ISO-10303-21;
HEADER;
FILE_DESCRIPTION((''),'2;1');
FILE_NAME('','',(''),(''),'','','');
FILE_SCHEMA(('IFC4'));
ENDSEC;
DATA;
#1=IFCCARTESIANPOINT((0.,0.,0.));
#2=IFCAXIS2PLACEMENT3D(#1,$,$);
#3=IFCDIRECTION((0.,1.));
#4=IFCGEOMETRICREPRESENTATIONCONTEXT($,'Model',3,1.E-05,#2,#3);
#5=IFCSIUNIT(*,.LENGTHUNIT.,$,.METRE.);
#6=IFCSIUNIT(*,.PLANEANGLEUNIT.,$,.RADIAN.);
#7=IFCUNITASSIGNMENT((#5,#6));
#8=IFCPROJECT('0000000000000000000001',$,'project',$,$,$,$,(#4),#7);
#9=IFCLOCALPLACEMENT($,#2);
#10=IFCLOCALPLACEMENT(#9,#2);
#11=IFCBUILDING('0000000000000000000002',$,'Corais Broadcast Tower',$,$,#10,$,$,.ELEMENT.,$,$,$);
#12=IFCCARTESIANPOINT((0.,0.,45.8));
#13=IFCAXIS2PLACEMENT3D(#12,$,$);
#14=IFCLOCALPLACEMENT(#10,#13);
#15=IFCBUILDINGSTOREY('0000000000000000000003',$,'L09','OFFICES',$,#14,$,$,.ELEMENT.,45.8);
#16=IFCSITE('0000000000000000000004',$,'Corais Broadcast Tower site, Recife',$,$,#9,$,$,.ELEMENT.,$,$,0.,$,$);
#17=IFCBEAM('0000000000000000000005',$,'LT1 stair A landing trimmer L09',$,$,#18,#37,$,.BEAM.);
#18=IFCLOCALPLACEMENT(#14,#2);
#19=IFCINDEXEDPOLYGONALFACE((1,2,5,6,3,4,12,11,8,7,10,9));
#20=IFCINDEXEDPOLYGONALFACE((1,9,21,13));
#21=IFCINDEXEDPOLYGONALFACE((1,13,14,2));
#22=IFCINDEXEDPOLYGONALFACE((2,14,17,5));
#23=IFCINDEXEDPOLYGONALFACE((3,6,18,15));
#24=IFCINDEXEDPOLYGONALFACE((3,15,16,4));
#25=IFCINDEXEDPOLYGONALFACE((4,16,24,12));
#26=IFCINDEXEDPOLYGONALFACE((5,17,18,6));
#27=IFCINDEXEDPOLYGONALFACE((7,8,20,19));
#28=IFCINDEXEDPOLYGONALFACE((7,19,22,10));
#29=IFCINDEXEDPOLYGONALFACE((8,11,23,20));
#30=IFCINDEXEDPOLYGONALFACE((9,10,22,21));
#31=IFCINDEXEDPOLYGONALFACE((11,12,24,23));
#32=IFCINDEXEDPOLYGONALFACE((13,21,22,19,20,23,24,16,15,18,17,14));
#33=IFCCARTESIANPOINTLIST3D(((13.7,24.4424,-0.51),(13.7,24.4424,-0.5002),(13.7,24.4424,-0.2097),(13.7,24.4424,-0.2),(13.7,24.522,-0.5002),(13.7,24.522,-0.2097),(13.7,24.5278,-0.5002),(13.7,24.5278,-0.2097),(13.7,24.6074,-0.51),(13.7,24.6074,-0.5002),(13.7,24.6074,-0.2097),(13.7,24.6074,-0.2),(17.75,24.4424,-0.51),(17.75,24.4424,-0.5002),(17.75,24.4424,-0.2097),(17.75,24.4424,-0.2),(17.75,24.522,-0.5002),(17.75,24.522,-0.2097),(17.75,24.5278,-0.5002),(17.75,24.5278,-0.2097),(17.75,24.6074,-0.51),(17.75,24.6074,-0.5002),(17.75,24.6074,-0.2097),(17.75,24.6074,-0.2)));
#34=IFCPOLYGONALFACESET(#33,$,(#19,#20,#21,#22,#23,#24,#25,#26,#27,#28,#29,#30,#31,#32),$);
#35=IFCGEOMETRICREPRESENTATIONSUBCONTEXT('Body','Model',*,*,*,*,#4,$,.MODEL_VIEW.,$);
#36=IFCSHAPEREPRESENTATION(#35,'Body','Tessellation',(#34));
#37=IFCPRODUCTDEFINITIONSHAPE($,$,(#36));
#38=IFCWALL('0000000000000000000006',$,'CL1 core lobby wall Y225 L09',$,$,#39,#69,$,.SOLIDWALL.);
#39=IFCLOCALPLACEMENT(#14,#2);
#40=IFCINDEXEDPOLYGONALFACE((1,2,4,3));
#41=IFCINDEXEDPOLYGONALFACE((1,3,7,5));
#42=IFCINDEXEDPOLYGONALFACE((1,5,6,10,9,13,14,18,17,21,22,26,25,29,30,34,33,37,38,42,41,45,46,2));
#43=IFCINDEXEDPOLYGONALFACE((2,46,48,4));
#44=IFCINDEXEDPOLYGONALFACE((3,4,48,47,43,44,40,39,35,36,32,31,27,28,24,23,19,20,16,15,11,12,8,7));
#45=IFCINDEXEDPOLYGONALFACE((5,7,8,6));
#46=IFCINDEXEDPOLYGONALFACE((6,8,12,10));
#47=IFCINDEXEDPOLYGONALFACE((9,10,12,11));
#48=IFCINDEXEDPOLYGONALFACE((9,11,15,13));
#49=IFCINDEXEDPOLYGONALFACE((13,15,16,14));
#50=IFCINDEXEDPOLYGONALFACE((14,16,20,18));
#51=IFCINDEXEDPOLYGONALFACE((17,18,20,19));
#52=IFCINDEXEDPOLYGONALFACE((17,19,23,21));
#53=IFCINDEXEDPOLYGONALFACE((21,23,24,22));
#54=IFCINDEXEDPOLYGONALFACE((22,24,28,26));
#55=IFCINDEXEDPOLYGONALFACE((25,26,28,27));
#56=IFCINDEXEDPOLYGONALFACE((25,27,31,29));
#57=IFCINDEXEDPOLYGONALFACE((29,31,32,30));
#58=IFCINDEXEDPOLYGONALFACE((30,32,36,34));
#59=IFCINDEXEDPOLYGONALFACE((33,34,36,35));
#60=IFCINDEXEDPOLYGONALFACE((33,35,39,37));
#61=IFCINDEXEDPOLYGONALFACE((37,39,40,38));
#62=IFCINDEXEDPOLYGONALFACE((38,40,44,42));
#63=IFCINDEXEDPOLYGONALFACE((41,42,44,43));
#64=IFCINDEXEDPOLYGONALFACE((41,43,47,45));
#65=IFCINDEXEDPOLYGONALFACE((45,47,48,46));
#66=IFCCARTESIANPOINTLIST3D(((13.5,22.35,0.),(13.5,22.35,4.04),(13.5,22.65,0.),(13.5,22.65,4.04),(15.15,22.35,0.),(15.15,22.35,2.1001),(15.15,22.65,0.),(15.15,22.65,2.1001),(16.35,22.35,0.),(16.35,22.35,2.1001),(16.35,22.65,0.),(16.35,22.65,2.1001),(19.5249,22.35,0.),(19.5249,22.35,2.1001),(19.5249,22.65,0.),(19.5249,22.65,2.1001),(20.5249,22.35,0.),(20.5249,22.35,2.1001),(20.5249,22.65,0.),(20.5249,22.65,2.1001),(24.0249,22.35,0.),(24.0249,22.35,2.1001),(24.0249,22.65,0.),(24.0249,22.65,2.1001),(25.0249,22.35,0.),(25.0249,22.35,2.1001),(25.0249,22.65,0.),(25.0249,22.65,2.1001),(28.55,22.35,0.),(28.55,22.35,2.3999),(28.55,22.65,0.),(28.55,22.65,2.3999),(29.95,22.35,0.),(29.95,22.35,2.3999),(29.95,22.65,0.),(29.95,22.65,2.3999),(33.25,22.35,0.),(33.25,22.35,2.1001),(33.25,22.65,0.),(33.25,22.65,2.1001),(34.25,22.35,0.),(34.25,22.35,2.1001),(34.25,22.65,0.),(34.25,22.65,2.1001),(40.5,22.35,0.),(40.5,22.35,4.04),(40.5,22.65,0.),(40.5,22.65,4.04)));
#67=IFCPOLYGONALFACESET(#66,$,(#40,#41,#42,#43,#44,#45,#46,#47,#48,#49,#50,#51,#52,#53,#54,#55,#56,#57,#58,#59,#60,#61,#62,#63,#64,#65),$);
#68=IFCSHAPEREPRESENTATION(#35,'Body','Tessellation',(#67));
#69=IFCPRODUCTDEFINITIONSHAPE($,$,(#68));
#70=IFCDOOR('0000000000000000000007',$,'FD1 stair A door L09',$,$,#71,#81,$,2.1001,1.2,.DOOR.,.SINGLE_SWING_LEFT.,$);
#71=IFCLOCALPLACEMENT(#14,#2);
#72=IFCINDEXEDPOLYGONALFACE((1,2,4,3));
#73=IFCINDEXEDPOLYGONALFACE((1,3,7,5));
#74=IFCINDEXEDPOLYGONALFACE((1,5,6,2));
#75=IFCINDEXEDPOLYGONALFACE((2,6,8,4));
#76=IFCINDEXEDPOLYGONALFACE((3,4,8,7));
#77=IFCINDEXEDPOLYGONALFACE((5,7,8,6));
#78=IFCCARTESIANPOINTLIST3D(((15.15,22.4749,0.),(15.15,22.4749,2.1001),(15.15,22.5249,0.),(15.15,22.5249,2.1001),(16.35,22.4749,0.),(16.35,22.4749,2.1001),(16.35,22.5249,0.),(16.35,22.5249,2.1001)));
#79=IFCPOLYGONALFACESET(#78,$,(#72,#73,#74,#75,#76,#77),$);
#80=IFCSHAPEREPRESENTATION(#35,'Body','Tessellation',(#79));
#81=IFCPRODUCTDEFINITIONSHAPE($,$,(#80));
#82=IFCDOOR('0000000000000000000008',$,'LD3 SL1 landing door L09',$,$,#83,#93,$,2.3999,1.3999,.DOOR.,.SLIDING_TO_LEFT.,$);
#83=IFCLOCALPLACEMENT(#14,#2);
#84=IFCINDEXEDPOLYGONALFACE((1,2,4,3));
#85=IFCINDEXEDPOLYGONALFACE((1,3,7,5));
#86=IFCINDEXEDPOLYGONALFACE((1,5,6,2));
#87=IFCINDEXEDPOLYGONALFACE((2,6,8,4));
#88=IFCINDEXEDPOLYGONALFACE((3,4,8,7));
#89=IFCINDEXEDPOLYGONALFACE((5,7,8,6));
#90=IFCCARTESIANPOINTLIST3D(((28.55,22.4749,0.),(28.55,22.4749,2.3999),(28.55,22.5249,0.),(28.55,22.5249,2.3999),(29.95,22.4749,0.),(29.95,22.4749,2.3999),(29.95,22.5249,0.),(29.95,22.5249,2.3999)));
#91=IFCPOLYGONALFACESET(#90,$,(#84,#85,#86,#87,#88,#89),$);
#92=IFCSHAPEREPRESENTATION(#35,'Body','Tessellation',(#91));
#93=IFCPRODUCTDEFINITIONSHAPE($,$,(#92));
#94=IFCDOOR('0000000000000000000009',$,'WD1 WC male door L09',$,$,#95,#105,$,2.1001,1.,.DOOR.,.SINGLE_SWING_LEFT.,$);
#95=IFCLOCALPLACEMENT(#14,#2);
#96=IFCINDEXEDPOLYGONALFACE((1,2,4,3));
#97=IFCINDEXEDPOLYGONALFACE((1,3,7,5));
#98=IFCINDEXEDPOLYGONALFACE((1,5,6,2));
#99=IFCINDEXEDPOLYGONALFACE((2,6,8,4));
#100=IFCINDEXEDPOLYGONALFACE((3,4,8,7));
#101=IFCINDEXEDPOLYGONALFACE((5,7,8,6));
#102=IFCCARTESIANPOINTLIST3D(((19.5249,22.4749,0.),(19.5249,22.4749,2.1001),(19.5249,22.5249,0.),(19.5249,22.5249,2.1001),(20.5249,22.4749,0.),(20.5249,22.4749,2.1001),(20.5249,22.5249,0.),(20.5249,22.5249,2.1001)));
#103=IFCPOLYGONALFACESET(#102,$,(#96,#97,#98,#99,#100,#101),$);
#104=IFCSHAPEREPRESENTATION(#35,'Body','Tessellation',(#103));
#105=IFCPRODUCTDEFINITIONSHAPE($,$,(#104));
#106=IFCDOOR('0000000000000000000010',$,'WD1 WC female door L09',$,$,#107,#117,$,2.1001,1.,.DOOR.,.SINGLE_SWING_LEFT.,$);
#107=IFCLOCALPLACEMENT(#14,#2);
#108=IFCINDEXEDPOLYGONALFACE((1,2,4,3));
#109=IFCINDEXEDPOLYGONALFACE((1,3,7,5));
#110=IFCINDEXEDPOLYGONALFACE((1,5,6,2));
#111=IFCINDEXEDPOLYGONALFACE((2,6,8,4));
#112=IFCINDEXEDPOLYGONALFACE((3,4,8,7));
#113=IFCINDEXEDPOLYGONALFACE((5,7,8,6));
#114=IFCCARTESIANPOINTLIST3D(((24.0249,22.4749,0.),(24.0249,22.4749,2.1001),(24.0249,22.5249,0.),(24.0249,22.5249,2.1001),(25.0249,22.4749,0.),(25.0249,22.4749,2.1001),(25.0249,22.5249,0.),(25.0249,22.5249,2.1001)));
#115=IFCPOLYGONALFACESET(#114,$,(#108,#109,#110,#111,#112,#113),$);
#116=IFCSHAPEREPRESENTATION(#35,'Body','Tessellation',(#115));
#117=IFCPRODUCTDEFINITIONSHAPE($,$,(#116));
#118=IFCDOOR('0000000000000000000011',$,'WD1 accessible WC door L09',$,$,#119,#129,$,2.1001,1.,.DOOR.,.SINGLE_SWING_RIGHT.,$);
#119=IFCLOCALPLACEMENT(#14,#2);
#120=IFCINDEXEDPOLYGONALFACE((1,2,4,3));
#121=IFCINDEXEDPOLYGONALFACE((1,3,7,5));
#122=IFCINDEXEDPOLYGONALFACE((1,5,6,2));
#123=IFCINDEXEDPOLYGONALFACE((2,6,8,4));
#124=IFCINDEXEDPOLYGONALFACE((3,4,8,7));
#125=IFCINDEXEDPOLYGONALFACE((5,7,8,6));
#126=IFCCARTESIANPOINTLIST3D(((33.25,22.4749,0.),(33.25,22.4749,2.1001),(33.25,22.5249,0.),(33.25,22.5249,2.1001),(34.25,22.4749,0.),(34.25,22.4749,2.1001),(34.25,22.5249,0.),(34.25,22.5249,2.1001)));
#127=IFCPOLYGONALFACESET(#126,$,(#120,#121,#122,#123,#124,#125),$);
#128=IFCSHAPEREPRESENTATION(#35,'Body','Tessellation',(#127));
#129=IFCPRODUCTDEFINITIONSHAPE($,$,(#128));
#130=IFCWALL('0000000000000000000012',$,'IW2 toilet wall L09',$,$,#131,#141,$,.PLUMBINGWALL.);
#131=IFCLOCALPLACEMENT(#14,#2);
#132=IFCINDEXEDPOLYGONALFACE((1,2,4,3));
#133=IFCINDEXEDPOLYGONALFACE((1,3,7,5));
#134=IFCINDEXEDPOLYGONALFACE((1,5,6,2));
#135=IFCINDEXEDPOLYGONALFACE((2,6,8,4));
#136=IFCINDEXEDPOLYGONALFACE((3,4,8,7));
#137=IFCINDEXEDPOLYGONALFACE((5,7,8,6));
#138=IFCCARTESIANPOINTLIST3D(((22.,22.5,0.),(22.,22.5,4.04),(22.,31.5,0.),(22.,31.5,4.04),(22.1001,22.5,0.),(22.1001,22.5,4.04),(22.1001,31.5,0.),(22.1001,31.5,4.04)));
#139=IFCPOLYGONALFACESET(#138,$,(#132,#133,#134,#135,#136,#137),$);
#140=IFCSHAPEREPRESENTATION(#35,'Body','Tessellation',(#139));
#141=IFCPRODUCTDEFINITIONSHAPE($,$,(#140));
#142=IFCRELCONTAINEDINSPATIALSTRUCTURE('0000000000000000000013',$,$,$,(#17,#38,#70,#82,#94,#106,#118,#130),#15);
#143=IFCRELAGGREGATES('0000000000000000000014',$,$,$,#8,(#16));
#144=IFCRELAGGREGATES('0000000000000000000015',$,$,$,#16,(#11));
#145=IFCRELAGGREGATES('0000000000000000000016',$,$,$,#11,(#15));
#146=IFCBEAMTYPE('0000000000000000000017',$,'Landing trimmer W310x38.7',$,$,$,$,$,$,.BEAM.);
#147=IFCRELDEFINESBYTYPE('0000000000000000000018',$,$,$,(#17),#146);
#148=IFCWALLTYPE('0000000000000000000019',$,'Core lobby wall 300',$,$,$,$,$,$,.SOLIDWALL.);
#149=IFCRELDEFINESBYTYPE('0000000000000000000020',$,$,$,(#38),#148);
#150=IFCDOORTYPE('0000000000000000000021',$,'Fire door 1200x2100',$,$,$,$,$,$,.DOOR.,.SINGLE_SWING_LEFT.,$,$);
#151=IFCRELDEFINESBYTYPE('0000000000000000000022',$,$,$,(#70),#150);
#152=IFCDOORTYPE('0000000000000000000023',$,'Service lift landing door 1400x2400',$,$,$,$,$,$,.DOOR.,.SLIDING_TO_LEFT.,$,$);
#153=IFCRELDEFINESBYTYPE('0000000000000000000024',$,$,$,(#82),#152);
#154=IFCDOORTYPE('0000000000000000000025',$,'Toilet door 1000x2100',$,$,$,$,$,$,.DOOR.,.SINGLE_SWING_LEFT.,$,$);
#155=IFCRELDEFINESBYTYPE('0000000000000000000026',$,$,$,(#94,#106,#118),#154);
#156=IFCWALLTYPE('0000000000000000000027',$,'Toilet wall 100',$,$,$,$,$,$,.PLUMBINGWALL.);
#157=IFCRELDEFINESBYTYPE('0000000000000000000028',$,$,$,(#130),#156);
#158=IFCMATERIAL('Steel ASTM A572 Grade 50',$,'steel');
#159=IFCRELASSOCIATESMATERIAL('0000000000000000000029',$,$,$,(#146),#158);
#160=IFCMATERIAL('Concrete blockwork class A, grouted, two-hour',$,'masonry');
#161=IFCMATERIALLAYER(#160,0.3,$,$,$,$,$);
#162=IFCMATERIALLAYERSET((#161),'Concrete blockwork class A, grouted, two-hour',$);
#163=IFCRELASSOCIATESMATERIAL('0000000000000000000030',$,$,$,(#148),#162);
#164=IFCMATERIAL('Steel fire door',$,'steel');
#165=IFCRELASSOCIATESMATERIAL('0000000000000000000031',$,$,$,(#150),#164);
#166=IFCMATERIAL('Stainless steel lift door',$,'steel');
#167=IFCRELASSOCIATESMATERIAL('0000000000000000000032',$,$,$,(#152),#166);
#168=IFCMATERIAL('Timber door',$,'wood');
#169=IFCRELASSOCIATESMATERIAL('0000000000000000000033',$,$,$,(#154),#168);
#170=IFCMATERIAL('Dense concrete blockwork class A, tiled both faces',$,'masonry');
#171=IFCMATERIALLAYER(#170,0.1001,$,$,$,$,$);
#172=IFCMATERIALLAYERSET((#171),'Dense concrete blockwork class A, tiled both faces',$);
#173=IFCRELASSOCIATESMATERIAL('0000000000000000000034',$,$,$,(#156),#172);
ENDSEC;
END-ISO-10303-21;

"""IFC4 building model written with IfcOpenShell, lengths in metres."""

from ifc_helpers import new_model, si_unit, direction, frame, frame_2d, origin, origin_2d, place, context, subcontext, project, spatial, rectangle, i_section, extrude, material, layer, layer_set, material_profile, profile_set, type_object, element, fill, save


model = new_model("IFC4")

# Units and contexts
model_context = context("Model", 3, precision=1e-05, world=origin(), true_north=direction((0.0, 1.0)))
body_context = subcontext(model_context, "Body", "Model", "MODEL_VIEW")
ifc_project = project(units=[si_unit("LENGTHUNIT", "METRE"), si_unit("PLANEANGLEUNIT", "RADIAN")], contexts=[model_context])

# Site, building, storey
site_placement = place(None, origin())
site = spatial("IfcSite", under=ifc_project, at=site_placement, Name="Corais Broadcast Tower site, Recife", CompositionType="ELEMENT", RefElevation=0.0)
building_placement = place(site_placement, origin())
building = spatial("IfcBuilding", under=site, at=building_placement, Name="Corais Broadcast Tower", CompositionType="ELEMENT")
storey_placement = place(building_placement, frame((0.0, 0.0, 45.8)))
storey = spatial("IfcBuildingStorey", under=building, at=storey_placement, Name="L09", Description="OFFICES", CompositionType="ELEMENT", Elevation=45.8)

# Beam
ifc_material_1 = material(Name="Steel ASTM A572 Grade 50", Category="steel")
ifc_material_profile = material_profile(ifc_material_1, i_section(OverallWidth=0.165, OverallDepth=0.3101, WebThickness=0.0059, FlangeThickness=0.0098, at=origin_2d()), Name="W310x38.7")
ifc_profile_set = profile_set([ifc_material_profile], Name="Steel ASTM A572 Grade 50")
beam_type = type_object("IfcBeamType", Name="Landing trimmer W310x38.7", PredefinedType="BEAM", material=ifc_profile_set)
beam_placement = place(storey_placement, frame((13.7, 24.5249, -0.355), z_axis=(1.0, 0.0, 0.0), x_axis=(0.0, 1.0, 0.0)))
element("IfcBeam", 1, at=beam_placement, inside=storey, type_object=beam_type, Name="LT1 stair A landing trimmer L09", PredefinedType="BEAM", context=body_context, shape_type="SweptSolid", body=[
    extrude(i_section(OverallWidth=0.165, OverallDepth=0.3101, WebThickness=0.0059, FlangeThickness=0.0098, at=origin_2d()), origin(), (0.0, 0.0, 1.0), 4.05),
])

# Wall, openings, doors
ifc_material_2 = material(Name="Concrete blockwork class A, grouted, two-hour", Category="masonry")
ifc_layer_1 = layer(ifc_material_2, 0.3)
ifc_layer_set_1 = layer_set([ifc_layer_1], Name="Concrete blockwork class A, grouted, two-hour")
wall_type_1 = type_object("IfcWallType", Name="Core lobby wall 300", PredefinedType="SOLIDWALL", material=ifc_layer_set_1)
wall_1_placement = place(storey_placement, frame((13.5, 22.5, 0.0), z_axis=(0.0, 0.0, 1.0), x_axis=(1.0, 0.0, 0.0)))
wall_1 = element("IfcWall", 2, at=wall_1_placement, inside=storey, type_object=wall_type_1, Name="CL1 core lobby wall Y225 L09", PredefinedType="SOLIDWALL", context=body_context, shape_type="SweptSolid", body=[
    extrude(rectangle(XDim=27.0, YDim=0.3, at=frame_2d((13.5, 0.0))), origin(), (0.0, 0.0, 1.0), 4.04),
])
opening_1_placement = place(wall_1_placement, frame((1.6499, 0.0, 0.0)))
opening_1 = element("IfcOpeningElement", 3, at=opening_1_placement, cuts=wall_1, PredefinedType="OPENING", context=body_context, shape_type="SweptSolid", body=[
    extrude(rectangle(XDim=1.2, YDim=2.1001, at=frame_2d((0.6001, 1.05))), frame((0.0, 0.1599, 0.0), z_axis=(0.0, -1.0, 0.0), x_axis=(1.0, 0.0, 0.0)), (0.0, 0.0, 1.0), 0.3201),
])
opening_2_placement = place(wall_1_placement, frame((6.0249, 0.0, 0.0)))
opening_2 = element("IfcOpeningElement", 4, at=opening_2_placement, cuts=wall_1, PredefinedType="OPENING", context=body_context, shape_type="SweptSolid", body=[
    extrude(rectangle(XDim=1.0, YDim=2.1001, at=frame_2d((0.5, 1.05))), frame((0.0, 0.1599, 0.0), z_axis=(0.0, -1.0, 0.0), x_axis=(1.0, 0.0, 0.0)), (0.0, 0.0, 1.0), 0.3201),
])
opening_3_placement = place(wall_1_placement, frame((10.5249, 0.0, 0.0)))
opening_3 = element("IfcOpeningElement", 5, at=opening_3_placement, cuts=wall_1, PredefinedType="OPENING", context=body_context, shape_type="SweptSolid", body=[
    extrude(rectangle(XDim=1.0, YDim=2.1001, at=frame_2d((0.5, 1.05))), frame((0.0, 0.1599, 0.0), z_axis=(0.0, -1.0, 0.0), x_axis=(1.0, 0.0, 0.0)), (0.0, 0.0, 1.0), 0.3201),
])
opening_4_placement = place(wall_1_placement, frame((19.75, 0.0, 0.0)))
opening_4 = element("IfcOpeningElement", 6, at=opening_4_placement, cuts=wall_1, PredefinedType="OPENING", context=body_context, shape_type="SweptSolid", body=[
    extrude(rectangle(XDim=1.0, YDim=2.1001, at=frame_2d((0.5, 1.05))), frame((0.0, 0.1599, 0.0), z_axis=(0.0, -1.0, 0.0), x_axis=(1.0, 0.0, 0.0)), (0.0, 0.0, 1.0), 0.3201),
])
opening_5_placement = place(wall_1_placement, frame((15.05, 0.0, 0.0)))
opening_5 = element("IfcOpeningElement", 7, at=opening_5_placement, cuts=wall_1, PredefinedType="OPENING", context=body_context, shape_type="SweptSolid", body=[
    extrude(rectangle(XDim=1.3999, YDim=2.3999, at=frame_2d((0.7, 1.2))), frame((0.0, 0.1599, 0.0), z_axis=(0.0, -1.0, 0.0), x_axis=(1.0, 0.0, 0.0)), (0.0, 0.0, 1.0), 0.3201),
])
ifc_material_3 = material(Name="Steel fire door", Category="steel")
door_type_1 = type_object("IfcDoorType", Name="Fire door 1200x2100", OperationType="SINGLE_SWING_LEFT", PredefinedType="DOOR", material=ifc_material_3)
door_1_placement = place(opening_1_placement, origin())
door_1 = element("IfcDoor", 8, at=door_1_placement, inside=storey, type_object=door_type_1, Name="FD1 stair A door L09", OperationType="SINGLE_SWING_LEFT", OverallHeight=2.1001, OverallWidth=1.2, PredefinedType="DOOR", context=body_context, shape_type="SweptSolid", body=[
    extrude(rectangle(XDim=1.2, YDim=2.1001, at=frame_2d((0.6001, 1.05))), frame((0.0, 0.0249, 0.0), z_axis=(0.0, -1.0, 0.0), x_axis=(1.0, 0.0, 0.0)), (0.0, 0.0, 1.0), 0.05),
])
fill(opening_1, door_1)
ifc_material_4 = material(Name="Stainless steel lift door", Category="steel")
door_type_2 = type_object("IfcDoorType", Name="Service lift landing door 1400x2400", OperationType="SLIDING_TO_LEFT", PredefinedType="DOOR", material=ifc_material_4)
door_2_placement = place(opening_5_placement, origin())
door_2 = element("IfcDoor", 9, at=door_2_placement, inside=storey, type_object=door_type_2, Name="LD3 SL1 landing door L09", OperationType="SLIDING_TO_LEFT", OverallHeight=2.3999, OverallWidth=1.3999, PredefinedType="DOOR", context=body_context, shape_type="SweptSolid", body=[
    extrude(rectangle(XDim=1.3999, YDim=2.3999, at=frame_2d((0.7, 1.2))), frame((0.0, 0.0249, 0.0), z_axis=(0.0, -1.0, 0.0), x_axis=(1.0, 0.0, 0.0)), (0.0, 0.0, 1.0), 0.05),
])
fill(opening_5, door_2)
ifc_material_5 = material(Name="Timber door", Category="wood")
door_type_3 = type_object("IfcDoorType", Name="Toilet door 1000x2100", OperationType="SINGLE_SWING_LEFT", PredefinedType="DOOR", material=ifc_material_5)
door_3_placement = place(opening_2_placement, origin())
door_3 = element("IfcDoor", 10, at=door_3_placement, inside=storey, type_object=door_type_3, Name="WD1 WC male door L09", OperationType="SINGLE_SWING_LEFT", OverallHeight=2.1001, OverallWidth=1.0, PredefinedType="DOOR", context=body_context, shape_type="SweptSolid", body=[
    extrude(rectangle(XDim=1.0, YDim=2.1001, at=frame_2d((0.5, 1.05))), frame((0.0, 0.0249, 0.0), z_axis=(0.0, -1.0, 0.0), x_axis=(1.0, 0.0, 0.0)), (0.0, 0.0, 1.0), 0.05),
])
fill(opening_2, door_3)
door_4_placement = place(opening_3_placement, origin())
door_4 = element("IfcDoor", 11, at=door_4_placement, inside=storey, type_object=door_type_3, Name="WD1 WC female door L09", OperationType="SINGLE_SWING_LEFT", OverallHeight=2.1001, OverallWidth=1.0, PredefinedType="DOOR", context=body_context, shape_type="SweptSolid", body=[
    extrude(rectangle(XDim=1.0, YDim=2.1001, at=frame_2d((0.5, 1.05))), frame((0.0, 0.0249, 0.0), z_axis=(0.0, -1.0, 0.0), x_axis=(1.0, 0.0, 0.0)), (0.0, 0.0, 1.0), 0.05),
])
fill(opening_3, door_4)
door_5_placement = place(opening_4_placement, origin())
door_5 = element("IfcDoor", 12, at=door_5_placement, inside=storey, type_object=door_type_3, Name="WD1 accessible WC door L09", OperationType="SINGLE_SWING_RIGHT", OverallHeight=2.1001, OverallWidth=1.0, PredefinedType="DOOR", context=body_context, shape_type="SweptSolid", body=[
    extrude(rectangle(XDim=1.0, YDim=2.1001, at=frame_2d((0.5, 1.05))), frame((0.0, 0.0249, 0.0), z_axis=(0.0, -1.0, 0.0), x_axis=(1.0, 0.0, 0.0)), (0.0, 0.0, 1.0), 0.05),
])
fill(opening_4, door_5)

# Wall
ifc_material_6 = material(Name="Dense concrete blockwork class A, tiled both faces", Category="masonry")
ifc_layer_2 = layer(ifc_material_6, 0.1001)
ifc_layer_set_2 = layer_set([ifc_layer_2], Name="Dense concrete blockwork class A, tiled both faces")
wall_type_2 = type_object("IfcWallType", Name="Toilet wall 100", PredefinedType="PLUMBINGWALL", material=ifc_layer_set_2)
wall_2_placement = place(storey_placement, frame((22.05, 22.5, 0.0), z_axis=(0.0, 0.0, 1.0), x_axis=(0.0, 1.0, 0.0)))
element("IfcWall", 13, at=wall_2_placement, inside=storey, type_object=wall_type_2, Name="IW2 toilet wall L09", PredefinedType="PLUMBINGWALL", context=body_context, shape_type="SweptSolid", body=[
    extrude(rectangle(XDim=9.0, YDim=0.1001, at=frame_2d((4.5, 0.0))), origin(), (0.0, 0.0, 1.0), 4.04),
])

save(model, "model.ifc")
